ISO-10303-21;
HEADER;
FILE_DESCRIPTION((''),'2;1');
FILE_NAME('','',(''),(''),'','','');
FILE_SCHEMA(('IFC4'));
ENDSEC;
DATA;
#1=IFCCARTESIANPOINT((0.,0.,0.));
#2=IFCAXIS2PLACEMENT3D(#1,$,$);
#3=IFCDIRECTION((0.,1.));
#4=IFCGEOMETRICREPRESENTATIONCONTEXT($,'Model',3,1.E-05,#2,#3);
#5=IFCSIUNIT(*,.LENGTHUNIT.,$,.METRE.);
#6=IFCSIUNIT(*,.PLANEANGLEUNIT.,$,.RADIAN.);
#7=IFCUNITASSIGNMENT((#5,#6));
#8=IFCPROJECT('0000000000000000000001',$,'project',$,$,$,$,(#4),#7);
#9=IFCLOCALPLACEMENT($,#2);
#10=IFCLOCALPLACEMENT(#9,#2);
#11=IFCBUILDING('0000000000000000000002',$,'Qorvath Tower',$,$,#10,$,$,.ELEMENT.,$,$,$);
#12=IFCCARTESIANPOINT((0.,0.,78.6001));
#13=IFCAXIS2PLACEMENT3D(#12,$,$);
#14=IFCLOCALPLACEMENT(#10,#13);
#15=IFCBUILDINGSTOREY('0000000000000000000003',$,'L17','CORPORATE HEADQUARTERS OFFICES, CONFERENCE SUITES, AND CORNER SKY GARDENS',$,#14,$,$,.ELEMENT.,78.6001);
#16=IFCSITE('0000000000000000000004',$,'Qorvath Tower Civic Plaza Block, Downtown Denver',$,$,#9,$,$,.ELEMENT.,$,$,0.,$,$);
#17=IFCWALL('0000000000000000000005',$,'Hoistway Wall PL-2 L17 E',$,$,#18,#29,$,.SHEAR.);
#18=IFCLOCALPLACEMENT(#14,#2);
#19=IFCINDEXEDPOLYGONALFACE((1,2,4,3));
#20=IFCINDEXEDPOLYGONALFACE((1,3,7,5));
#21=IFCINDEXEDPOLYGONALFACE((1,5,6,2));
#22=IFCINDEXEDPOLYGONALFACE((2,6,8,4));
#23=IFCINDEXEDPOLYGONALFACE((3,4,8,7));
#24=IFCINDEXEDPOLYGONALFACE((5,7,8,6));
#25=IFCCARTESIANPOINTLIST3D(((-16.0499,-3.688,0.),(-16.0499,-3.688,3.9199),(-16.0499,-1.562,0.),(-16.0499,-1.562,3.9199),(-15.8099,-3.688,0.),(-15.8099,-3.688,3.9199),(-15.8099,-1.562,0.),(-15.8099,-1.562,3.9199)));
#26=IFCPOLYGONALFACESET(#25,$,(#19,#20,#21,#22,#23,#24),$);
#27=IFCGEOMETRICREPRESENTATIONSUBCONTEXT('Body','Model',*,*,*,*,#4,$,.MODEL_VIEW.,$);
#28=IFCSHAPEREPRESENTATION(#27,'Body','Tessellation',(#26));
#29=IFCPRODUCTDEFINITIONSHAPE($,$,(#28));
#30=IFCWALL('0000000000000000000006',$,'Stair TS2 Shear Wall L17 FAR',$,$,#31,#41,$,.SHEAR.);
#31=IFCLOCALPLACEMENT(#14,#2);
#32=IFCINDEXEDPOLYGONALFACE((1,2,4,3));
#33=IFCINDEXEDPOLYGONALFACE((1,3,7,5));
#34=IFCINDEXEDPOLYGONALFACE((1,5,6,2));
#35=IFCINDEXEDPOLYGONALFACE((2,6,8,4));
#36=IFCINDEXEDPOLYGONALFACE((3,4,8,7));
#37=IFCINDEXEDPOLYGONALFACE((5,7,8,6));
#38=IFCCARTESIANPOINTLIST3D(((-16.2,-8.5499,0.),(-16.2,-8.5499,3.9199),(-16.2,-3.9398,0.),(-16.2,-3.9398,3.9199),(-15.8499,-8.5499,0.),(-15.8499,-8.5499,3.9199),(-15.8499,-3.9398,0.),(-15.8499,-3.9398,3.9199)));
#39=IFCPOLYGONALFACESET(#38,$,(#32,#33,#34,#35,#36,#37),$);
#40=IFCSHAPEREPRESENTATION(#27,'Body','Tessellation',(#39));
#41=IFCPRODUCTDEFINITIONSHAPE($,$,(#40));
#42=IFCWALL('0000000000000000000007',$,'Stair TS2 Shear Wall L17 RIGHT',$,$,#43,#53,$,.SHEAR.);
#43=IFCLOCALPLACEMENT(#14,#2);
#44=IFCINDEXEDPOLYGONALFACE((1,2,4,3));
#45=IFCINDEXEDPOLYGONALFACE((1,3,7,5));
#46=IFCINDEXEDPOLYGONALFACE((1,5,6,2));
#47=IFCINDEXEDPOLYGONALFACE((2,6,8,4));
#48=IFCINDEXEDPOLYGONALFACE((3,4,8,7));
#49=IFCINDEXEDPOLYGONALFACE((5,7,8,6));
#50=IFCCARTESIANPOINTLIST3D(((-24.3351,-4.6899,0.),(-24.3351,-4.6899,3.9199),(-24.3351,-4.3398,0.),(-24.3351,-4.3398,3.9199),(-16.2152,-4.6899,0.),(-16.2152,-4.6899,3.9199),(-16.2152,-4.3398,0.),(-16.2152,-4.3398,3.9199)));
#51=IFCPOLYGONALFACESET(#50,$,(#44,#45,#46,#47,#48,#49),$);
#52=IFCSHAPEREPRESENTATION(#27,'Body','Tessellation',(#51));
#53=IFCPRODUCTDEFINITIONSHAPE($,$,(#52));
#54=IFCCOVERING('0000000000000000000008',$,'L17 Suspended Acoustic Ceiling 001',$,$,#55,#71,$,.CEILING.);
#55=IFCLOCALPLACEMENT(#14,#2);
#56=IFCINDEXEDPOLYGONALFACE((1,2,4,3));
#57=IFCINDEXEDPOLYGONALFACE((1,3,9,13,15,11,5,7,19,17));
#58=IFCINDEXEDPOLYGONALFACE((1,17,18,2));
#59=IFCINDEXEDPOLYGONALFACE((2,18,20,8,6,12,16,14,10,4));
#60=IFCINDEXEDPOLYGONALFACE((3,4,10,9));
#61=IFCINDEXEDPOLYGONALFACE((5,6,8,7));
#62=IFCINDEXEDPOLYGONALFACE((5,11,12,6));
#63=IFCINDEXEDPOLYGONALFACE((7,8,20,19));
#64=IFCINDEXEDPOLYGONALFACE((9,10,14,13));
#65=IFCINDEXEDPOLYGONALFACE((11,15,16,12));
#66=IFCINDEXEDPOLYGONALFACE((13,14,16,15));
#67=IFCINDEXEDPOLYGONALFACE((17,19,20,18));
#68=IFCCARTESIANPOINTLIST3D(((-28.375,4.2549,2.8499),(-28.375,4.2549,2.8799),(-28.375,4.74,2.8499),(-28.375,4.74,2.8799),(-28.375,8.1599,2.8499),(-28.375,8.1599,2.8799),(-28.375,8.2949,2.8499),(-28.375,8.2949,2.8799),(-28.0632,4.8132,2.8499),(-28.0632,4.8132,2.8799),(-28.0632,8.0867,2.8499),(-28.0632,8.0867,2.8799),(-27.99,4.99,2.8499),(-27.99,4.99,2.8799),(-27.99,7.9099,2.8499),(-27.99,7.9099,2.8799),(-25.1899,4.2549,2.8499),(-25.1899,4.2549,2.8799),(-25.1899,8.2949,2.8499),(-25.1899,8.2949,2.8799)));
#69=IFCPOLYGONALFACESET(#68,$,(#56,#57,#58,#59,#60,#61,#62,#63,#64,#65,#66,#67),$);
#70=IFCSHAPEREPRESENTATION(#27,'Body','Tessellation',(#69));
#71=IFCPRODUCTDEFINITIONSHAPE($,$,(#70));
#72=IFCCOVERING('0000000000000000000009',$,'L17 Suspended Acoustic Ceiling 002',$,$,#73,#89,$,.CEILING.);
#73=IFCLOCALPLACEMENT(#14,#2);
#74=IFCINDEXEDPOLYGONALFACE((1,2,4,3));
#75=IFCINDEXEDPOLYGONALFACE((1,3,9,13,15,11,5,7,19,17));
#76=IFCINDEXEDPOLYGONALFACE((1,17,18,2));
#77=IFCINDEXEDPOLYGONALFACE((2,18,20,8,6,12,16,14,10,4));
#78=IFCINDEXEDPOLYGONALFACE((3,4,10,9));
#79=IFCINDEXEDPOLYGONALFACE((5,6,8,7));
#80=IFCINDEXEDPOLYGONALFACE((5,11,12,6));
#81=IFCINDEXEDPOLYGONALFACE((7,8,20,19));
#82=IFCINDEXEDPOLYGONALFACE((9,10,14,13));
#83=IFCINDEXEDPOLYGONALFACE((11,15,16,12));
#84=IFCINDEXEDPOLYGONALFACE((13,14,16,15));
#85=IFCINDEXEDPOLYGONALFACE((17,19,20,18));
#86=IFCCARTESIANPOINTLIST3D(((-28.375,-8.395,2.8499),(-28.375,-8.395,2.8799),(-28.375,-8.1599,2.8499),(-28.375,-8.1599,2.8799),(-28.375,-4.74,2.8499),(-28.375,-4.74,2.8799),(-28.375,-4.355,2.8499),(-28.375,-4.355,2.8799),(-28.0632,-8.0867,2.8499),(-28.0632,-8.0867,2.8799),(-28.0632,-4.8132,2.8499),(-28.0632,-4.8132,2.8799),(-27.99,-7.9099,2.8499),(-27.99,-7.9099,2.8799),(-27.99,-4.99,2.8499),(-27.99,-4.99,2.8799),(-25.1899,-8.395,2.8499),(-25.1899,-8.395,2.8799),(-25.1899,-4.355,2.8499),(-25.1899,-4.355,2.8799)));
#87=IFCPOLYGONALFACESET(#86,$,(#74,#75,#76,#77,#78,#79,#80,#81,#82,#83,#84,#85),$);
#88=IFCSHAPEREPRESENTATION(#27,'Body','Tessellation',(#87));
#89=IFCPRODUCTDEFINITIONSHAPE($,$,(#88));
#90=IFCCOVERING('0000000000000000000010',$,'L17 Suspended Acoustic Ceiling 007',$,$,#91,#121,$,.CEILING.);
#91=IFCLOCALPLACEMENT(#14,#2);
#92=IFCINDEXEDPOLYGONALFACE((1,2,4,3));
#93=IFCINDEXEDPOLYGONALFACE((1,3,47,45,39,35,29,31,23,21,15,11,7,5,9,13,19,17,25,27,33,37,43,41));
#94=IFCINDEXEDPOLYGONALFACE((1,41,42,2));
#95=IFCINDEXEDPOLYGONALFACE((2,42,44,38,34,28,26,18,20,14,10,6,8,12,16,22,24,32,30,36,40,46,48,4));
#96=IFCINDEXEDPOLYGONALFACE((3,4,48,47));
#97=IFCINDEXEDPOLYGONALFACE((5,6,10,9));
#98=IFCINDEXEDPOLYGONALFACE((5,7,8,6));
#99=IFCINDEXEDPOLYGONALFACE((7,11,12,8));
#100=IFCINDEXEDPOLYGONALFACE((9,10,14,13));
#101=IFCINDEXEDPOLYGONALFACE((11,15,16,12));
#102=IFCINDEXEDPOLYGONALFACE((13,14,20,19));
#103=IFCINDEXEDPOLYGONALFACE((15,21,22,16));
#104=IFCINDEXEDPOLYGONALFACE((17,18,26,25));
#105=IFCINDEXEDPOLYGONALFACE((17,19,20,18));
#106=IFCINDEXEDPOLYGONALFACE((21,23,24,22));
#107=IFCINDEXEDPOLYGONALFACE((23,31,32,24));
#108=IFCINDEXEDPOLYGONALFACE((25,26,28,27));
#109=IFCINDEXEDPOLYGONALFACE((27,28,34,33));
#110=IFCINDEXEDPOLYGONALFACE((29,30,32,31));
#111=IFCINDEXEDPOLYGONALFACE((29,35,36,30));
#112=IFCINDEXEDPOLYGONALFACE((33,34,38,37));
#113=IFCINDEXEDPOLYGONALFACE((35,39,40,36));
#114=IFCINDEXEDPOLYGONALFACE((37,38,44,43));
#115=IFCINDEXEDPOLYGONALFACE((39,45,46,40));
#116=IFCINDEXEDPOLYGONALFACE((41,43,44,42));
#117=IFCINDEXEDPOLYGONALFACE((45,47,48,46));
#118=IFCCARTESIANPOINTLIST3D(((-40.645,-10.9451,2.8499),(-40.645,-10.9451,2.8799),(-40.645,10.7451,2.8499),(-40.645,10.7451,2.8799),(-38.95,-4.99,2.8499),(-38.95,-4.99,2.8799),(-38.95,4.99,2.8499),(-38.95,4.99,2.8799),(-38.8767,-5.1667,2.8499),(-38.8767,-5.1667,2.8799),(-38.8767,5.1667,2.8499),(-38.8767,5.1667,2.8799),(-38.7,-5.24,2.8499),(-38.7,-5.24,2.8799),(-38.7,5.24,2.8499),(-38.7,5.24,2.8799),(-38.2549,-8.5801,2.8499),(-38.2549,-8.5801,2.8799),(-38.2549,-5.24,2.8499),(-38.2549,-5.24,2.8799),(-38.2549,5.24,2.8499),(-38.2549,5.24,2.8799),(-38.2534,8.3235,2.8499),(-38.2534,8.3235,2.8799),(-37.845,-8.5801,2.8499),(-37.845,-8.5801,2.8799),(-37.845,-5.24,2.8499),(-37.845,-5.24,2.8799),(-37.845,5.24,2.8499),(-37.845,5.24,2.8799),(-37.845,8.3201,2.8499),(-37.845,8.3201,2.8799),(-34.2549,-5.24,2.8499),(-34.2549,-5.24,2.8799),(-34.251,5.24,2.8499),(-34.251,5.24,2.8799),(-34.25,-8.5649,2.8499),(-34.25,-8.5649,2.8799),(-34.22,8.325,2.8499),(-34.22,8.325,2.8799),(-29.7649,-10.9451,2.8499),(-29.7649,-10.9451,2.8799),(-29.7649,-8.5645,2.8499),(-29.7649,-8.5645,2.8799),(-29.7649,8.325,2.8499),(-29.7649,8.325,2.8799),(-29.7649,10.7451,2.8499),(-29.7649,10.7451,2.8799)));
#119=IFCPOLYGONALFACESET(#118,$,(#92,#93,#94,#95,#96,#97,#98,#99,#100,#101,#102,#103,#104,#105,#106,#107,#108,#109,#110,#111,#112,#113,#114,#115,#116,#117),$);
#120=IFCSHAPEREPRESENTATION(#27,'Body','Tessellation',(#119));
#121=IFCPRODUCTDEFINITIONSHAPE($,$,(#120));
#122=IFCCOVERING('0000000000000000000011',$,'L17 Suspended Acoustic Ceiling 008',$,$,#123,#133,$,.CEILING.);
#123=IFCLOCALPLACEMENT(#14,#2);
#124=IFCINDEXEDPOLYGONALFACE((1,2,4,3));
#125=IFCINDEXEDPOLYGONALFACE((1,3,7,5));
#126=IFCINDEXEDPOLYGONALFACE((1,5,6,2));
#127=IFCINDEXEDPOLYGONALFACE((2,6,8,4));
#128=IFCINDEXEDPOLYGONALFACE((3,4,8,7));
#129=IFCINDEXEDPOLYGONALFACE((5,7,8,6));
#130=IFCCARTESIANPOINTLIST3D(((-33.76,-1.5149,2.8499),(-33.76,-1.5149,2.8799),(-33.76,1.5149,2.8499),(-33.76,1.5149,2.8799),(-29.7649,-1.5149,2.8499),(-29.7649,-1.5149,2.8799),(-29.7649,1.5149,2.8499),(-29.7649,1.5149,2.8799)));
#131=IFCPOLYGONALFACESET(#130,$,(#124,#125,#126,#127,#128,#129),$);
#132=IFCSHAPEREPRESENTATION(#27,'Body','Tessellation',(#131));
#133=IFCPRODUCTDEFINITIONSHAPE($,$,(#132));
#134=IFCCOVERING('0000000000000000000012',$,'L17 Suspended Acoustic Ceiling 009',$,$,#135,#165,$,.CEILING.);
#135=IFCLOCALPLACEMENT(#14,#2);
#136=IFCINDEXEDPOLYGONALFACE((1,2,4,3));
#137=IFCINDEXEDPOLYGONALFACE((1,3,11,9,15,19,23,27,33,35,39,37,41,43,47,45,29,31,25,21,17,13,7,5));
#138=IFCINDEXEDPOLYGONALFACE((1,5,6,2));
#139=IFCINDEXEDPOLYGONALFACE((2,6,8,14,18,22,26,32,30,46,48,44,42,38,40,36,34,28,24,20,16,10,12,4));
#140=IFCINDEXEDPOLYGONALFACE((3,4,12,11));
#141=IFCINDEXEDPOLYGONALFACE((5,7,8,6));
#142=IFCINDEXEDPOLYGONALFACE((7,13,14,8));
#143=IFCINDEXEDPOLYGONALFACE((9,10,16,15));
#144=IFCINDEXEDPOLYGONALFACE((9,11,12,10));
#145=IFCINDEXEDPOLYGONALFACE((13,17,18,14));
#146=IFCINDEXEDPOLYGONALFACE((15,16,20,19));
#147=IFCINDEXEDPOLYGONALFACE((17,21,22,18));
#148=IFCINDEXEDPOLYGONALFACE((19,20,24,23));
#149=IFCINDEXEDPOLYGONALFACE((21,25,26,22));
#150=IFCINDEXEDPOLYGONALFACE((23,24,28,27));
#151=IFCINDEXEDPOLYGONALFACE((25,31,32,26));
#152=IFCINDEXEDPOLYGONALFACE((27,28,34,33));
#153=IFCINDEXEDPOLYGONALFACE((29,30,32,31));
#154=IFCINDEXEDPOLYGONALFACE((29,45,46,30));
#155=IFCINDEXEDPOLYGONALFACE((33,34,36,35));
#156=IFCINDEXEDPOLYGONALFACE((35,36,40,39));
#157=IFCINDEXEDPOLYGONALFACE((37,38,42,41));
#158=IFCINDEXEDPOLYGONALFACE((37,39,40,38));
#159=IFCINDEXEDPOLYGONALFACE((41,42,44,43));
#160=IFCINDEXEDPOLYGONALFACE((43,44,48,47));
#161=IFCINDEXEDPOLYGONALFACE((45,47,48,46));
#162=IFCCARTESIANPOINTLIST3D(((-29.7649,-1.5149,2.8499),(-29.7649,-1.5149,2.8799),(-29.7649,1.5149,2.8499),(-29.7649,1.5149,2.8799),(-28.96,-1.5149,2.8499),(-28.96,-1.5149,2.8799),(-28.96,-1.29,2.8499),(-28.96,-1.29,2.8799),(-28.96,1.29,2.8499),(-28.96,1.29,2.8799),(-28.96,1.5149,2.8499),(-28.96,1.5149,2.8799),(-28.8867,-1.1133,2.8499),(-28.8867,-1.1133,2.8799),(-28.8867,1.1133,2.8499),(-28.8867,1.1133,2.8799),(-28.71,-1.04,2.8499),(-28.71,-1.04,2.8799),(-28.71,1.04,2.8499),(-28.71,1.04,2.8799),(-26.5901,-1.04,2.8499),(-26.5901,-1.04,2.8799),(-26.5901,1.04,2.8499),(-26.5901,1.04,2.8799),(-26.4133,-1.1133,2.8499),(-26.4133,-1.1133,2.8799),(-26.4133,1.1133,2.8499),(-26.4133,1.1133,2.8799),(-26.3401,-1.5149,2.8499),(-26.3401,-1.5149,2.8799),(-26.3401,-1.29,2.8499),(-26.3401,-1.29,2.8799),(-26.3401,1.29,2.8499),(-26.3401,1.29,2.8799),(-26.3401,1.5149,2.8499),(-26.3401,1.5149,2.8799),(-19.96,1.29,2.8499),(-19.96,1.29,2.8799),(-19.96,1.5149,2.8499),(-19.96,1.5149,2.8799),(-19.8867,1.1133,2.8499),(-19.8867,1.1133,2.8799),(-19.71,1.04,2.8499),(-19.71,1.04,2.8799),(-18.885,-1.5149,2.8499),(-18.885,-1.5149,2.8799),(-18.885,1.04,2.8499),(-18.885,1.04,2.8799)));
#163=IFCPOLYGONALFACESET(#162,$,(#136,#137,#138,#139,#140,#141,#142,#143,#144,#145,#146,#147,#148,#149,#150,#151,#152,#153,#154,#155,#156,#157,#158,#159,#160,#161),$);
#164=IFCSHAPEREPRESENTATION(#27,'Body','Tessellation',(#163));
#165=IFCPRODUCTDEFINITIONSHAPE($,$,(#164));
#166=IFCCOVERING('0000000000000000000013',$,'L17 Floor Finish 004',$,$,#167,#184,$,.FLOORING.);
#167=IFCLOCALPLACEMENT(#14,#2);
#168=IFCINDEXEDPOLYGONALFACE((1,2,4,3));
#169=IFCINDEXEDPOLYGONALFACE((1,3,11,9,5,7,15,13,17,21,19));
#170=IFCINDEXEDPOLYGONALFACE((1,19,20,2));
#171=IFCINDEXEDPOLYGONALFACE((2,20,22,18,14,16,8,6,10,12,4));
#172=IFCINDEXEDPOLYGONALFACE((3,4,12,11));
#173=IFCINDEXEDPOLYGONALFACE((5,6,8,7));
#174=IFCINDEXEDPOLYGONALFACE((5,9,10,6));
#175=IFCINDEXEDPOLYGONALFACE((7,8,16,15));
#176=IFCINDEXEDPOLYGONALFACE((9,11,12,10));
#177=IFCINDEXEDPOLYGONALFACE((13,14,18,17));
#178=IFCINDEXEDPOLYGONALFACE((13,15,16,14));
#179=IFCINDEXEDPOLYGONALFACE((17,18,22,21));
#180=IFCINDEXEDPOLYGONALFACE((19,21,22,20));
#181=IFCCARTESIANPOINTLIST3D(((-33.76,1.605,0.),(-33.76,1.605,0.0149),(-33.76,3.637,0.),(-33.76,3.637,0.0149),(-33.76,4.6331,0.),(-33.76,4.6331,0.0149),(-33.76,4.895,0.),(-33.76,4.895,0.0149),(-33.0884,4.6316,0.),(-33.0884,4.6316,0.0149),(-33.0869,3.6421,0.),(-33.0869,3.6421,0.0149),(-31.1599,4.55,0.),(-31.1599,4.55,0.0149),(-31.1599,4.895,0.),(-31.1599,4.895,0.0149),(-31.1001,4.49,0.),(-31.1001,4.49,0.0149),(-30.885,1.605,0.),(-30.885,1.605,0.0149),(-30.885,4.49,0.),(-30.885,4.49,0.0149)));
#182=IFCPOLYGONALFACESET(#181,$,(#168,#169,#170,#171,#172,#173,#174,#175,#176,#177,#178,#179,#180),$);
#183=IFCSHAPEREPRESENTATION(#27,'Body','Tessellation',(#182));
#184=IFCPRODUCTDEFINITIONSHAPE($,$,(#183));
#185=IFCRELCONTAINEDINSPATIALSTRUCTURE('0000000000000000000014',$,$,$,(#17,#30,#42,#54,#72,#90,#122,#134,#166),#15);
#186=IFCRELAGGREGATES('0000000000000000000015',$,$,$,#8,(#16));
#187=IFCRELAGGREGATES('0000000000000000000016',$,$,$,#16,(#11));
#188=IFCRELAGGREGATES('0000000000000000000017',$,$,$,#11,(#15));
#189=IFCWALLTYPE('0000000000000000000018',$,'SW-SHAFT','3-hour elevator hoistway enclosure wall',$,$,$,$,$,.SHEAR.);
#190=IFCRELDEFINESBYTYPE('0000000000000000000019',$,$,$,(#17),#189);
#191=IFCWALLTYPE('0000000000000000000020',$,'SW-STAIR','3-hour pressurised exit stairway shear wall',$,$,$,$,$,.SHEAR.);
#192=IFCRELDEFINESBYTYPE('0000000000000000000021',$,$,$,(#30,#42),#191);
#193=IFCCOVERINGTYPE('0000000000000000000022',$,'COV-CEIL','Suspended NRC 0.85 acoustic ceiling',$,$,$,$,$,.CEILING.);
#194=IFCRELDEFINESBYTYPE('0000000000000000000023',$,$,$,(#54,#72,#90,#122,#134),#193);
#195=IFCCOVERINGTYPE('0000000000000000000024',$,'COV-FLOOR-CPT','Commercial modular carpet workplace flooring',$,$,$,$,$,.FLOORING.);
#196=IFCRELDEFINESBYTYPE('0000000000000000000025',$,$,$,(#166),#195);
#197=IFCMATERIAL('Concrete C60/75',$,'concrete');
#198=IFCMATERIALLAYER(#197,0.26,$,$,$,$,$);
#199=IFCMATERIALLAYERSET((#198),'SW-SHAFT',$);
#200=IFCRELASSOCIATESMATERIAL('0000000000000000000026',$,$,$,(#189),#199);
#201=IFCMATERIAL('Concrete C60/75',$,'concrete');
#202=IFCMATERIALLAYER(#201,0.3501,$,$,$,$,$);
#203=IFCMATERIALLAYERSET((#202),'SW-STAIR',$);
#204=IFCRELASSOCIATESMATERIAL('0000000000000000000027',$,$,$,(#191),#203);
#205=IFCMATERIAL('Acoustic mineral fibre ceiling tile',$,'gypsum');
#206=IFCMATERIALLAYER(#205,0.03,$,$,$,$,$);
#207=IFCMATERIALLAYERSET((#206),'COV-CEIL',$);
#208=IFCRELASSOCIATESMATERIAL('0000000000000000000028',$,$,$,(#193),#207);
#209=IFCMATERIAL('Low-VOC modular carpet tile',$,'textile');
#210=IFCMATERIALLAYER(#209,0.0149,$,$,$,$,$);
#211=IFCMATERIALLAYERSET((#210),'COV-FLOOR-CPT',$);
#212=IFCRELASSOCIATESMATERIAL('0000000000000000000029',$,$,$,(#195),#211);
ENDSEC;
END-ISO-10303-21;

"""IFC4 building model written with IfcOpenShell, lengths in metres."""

from ifc_helpers import new_model, si_unit, direction, frame, frame_2d, origin, place, context, subcontext, project, spatial, polyline, rectangle, outline, extrude, material, layer, layer_set, type_object, element, save


model = new_model("IFC4")

# Units and contexts
model_context = context("Model", 3, precision=1e-05, world=origin(), true_north=direction((0.0, 1.0)))
body_context = subcontext(model_context, "Body", "Model", "MODEL_VIEW")
ifc_project = project(units=[si_unit("LENGTHUNIT", "METRE"), si_unit("PLANEANGLEUNIT", "RADIAN")], contexts=[model_context])

# Site, building, storey
site_placement = place(None, origin())
site = spatial("IfcSite", under=ifc_project, at=site_placement, Name="Qorvath Tower Civic Plaza Block, Downtown Denver", CompositionType="ELEMENT", RefElevation=0.0)
building_placement = place(site_placement, origin())
building = spatial("IfcBuilding", under=site, at=building_placement, Name="Qorvath Tower", CompositionType="ELEMENT")
storey_placement = place(building_placement, frame((0.0, 0.0, 78.6001)))
storey = spatial("IfcBuildingStorey", under=building, at=storey_placement, Name="L17", Description="CORPORATE HEADQUARTERS OFFICES, CONFERENCE SUITES, AND CORNER SKY GARDENS", CompositionType="ELEMENT", Elevation=78.6001)

# Shared definitions
ifc_material_1 = material(Name="Concrete C60/75", Category="concrete")
ifc_layer_1 = layer(ifc_material_1, 0.26)
ifc_layer_set_1 = layer_set([ifc_layer_1], Name="SW-SHAFT")
wall_type_1 = type_object("IfcWallType", Name="SW-SHAFT", Description="3-hour elevator hoistway enclosure wall", PredefinedType="SHEAR", material=ifc_layer_set_1)

# Walls
for number, where, z_axis, x_axis, name in (
    (1, (-15.9299, -1.562, 0.0), (0.0, 0.0, 1.0), (0.0, -1.0, 0.0), "Hoistway Wall PL-2 L17 E"),
):
    element("IfcWall", number, at=place(storey_placement, frame(where, z_axis=z_axis, x_axis=x_axis)), inside=storey, type_object=wall_type_1, Name=name, PredefinedType="SHEAR", context=body_context, shape_type="SweptSolid", body=[
        extrude(rectangle(XDim=2.126, YDim=0.24, at=frame_2d((1.063, 0.0))), origin(), (0.0, 0.0, 1.0), 3.9199),
    ])
ifc_material_2 = material(Name="Concrete C60/75", Category="concrete")
ifc_layer_2 = layer(ifc_material_2, 0.3501)
ifc_layer_set_2 = layer_set([ifc_layer_2], Name="SW-STAIR")
wall_type_2 = type_object("IfcWallType", Name="SW-STAIR", Description="3-hour pressurised exit stairway shear wall", PredefinedType="SHEAR", material=ifc_layer_set_2)
wall_1_placement = place(storey_placement, frame((-16.0249, -8.55, 0.0), z_axis=(0.0, 0.0, 1.0), x_axis=(0.0, 1.0, 0.0)))
element("IfcWall", 2, at=wall_1_placement, inside=storey, type_object=wall_type_2, Name="Stair TS2 Shear Wall L17 FAR", PredefinedType="SHEAR", context=body_context, shape_type="SweptSolid", body=[
    extrude(rectangle(XDim=4.6101, YDim=0.3501, at=frame_2d((2.3052, 0.0))), origin(), (0.0, 0.0, 1.0), 3.9199),
])
wall_2_placement = place(storey_placement, frame((-16.2151, -4.5149, 0.0), z_axis=(0.0, 0.0, 1.0), x_axis=(-1.0, 0.0, 0.0)))
element("IfcWall", 3, at=wall_2_placement, inside=storey, type_object=wall_type_2, Name="Stair TS2 Shear Wall L17 RIGHT", PredefinedType="SHEAR", context=body_context, shape_type="SweptSolid", body=[
    extrude(rectangle(XDim=8.1199, YDim=0.3501, at=frame_2d((4.0601, 0.0))), origin(), (0.0, 0.0, 1.0), 3.9199),
])

# Coverings
ifc_material_3 = material(Name="Acoustic mineral fibre ceiling tile", Category="gypsum")
ifc_layer_3 = layer(ifc_material_3, 0.03)
ifc_layer_set_3 = layer_set([ifc_layer_3], Name="COV-CEIL")
covering_type_1 = type_object("IfcCoveringType", Name="COV-CEIL", Description="Suspended NRC 0.85 acoustic ceiling", PredefinedType="CEILING", material=ifc_layer_set_3)
covering_1_placement = place(storey_placement, frame((0.0, 0.0, 2.8499)))
element("IfcCovering", 4, at=covering_1_placement, inside=storey, type_object=covering_type_1, Name="L17 Suspended Acoustic Ceiling 001", PredefinedType="CEILING", context=body_context, shape_type="SweptSolid", body=[
    extrude(outline(polyline([(-25.1899, 4.2549), (-25.1899, 8.2949), (-28.375, 8.2949), (-28.375, 8.1599), (-28.0632, 8.0867), (-27.99, 7.9099), (-27.99, 4.99), (-28.0632, 4.8132), (-28.375, 4.74), (-28.375, 4.2549), (-25.1899, 4.2549)])), origin(), (0.0, 0.0, 1.0), 0.03),
])
covering_2_placement = place(storey_placement, frame((0.0, 0.0, 2.8499)))
element("IfcCovering", 5, at=covering_2_placement, inside=storey, type_object=covering_type_1, Name="L17 Suspended Acoustic Ceiling 002", PredefinedType="CEILING", context=body_context, shape_type="SweptSolid", body=[
    extrude(outline(polyline([(-25.1899, -8.395), (-25.1899, -4.355), (-28.375, -4.355), (-28.375, -4.74), (-28.0632, -4.8132), (-27.99, -4.99), (-27.99, -7.9099), (-28.0632, -8.0867), (-28.375, -8.1599), (-28.375, -8.395), (-25.1899, -8.395)])), origin(), (0.0, 0.0, 1.0), 0.03),
])
covering_3_placement = place(storey_placement, frame((0.0, 0.0, 2.8499)))
element("IfcCovering", 6, at=covering_3_placement, inside=storey, type_object=covering_type_1, Name="L17 Suspended Acoustic Ceiling 007", PredefinedType="CEILING", context=body_context, shape_type="SweptSolid", body=[
    extrude(outline(polyline([(-29.7649, -10.9451), (-29.7649, -8.5645), (-34.25, -8.5649), (-34.2549, -5.24), (-37.845, -5.24), (-37.845, -8.5801), (-38.2549, -8.5801), (-38.2549, -5.24), (-38.7, -5.24), (-38.8767, -5.1667), (-38.95, -4.99), (-38.95, 4.99), (-38.8767, 5.1667), (-38.7, 5.24), (-38.2549, 5.24), (-38.2534, 8.3235), (-37.845, 8.3201), (-37.845, 5.24), (-34.251, 5.24), (-34.22, 8.325), (-29.7649, 8.325), (-29.7649, 10.7451), (-40.645, 10.7451), (-40.645, -10.9451), (-29.7649, -10.9451)])), origin(), (0.0, 0.0, 1.0), 0.03),
])
covering_4_placement = place(storey_placement, frame((0.0, 0.0, 2.8499)))
element("IfcCovering", 7, at=covering_4_placement, inside=storey, type_object=covering_type_1, Name="L17 Suspended Acoustic Ceiling 008", PredefinedType="CEILING", context=body_context, shape_type="SweptSolid", body=[
    extrude(outline(polyline([(-29.7649, -1.5149), (-29.7649, 1.5149), (-33.76, 1.5149), (-33.76, -1.5149), (-29.7649, -1.5149)])), origin(), (0.0, 0.0, 1.0), 0.03),
])
covering_5_placement = place(storey_placement, frame((0.0, 0.0, 2.8499)))
element("IfcCovering", 8, at=covering_5_placement, inside=storey, type_object=covering_type_1, Name="L17 Suspended Acoustic Ceiling 009", PredefinedType="CEILING", context=body_context, shape_type="SweptSolid", body=[
    extrude(outline(polyline([(-18.885, -1.5149), (-18.885, 1.04), (-19.71, 1.04), (-19.8867, 1.1133), (-19.96, 1.29), (-19.96, 1.5149), (-26.3401, 1.5149), (-26.3401, 1.29), (-26.4133, 1.1133), (-26.5901, 1.04), (-28.71, 1.04), (-28.8867, 1.1133), (-28.96, 1.29), (-28.96, 1.5149), (-29.7649, 1.5149), (-29.7649, -1.5149), (-28.96, -1.5149), (-28.96, -1.29), (-28.8867, -1.1133), (-28.71, -1.04), (-26.5901, -1.04), (-26.4133, -1.1133), (-26.3401, -1.29), (-26.3401, -1.5149), (-18.885, -1.5149)])), origin(), (0.0, 0.0, 1.0), 0.03),
])
ifc_material_4 = material(Name="Low-VOC modular carpet tile", Category="textile")
ifc_layer_4 = layer(ifc_material_4, 0.0149)
ifc_layer_set_4 = layer_set([ifc_layer_4], Name="COV-FLOOR-CPT")
covering_type_2 = type_object("IfcCoveringType", Name="COV-FLOOR-CPT", Description="Commercial modular carpet workplace flooring", PredefinedType="FLOORING", material=ifc_layer_set_4)
covering_6_placement = place(storey_placement, origin())
element("IfcCovering", 9, at=covering_6_placement, inside=storey, type_object=covering_type_2, Name="L17 Floor Finish 004", PredefinedType="FLOORING", context=body_context, shape_type="SweptSolid", body=[
    extrude(outline(polyline([(-31.1599, 4.895), (-33.76, 4.895), (-33.76, 4.6331), (-33.0884, 4.6316), (-33.0869, 3.6421), (-33.76, 3.637), (-33.76, 1.605), (-30.885, 1.605), (-30.885, 4.49), (-31.1001, 4.49), (-31.1599, 4.55), (-31.1599, 4.895)])), origin(), (0.0, 0.0, 1.0), 0.0149),
])

save(model, "model.ifc")
